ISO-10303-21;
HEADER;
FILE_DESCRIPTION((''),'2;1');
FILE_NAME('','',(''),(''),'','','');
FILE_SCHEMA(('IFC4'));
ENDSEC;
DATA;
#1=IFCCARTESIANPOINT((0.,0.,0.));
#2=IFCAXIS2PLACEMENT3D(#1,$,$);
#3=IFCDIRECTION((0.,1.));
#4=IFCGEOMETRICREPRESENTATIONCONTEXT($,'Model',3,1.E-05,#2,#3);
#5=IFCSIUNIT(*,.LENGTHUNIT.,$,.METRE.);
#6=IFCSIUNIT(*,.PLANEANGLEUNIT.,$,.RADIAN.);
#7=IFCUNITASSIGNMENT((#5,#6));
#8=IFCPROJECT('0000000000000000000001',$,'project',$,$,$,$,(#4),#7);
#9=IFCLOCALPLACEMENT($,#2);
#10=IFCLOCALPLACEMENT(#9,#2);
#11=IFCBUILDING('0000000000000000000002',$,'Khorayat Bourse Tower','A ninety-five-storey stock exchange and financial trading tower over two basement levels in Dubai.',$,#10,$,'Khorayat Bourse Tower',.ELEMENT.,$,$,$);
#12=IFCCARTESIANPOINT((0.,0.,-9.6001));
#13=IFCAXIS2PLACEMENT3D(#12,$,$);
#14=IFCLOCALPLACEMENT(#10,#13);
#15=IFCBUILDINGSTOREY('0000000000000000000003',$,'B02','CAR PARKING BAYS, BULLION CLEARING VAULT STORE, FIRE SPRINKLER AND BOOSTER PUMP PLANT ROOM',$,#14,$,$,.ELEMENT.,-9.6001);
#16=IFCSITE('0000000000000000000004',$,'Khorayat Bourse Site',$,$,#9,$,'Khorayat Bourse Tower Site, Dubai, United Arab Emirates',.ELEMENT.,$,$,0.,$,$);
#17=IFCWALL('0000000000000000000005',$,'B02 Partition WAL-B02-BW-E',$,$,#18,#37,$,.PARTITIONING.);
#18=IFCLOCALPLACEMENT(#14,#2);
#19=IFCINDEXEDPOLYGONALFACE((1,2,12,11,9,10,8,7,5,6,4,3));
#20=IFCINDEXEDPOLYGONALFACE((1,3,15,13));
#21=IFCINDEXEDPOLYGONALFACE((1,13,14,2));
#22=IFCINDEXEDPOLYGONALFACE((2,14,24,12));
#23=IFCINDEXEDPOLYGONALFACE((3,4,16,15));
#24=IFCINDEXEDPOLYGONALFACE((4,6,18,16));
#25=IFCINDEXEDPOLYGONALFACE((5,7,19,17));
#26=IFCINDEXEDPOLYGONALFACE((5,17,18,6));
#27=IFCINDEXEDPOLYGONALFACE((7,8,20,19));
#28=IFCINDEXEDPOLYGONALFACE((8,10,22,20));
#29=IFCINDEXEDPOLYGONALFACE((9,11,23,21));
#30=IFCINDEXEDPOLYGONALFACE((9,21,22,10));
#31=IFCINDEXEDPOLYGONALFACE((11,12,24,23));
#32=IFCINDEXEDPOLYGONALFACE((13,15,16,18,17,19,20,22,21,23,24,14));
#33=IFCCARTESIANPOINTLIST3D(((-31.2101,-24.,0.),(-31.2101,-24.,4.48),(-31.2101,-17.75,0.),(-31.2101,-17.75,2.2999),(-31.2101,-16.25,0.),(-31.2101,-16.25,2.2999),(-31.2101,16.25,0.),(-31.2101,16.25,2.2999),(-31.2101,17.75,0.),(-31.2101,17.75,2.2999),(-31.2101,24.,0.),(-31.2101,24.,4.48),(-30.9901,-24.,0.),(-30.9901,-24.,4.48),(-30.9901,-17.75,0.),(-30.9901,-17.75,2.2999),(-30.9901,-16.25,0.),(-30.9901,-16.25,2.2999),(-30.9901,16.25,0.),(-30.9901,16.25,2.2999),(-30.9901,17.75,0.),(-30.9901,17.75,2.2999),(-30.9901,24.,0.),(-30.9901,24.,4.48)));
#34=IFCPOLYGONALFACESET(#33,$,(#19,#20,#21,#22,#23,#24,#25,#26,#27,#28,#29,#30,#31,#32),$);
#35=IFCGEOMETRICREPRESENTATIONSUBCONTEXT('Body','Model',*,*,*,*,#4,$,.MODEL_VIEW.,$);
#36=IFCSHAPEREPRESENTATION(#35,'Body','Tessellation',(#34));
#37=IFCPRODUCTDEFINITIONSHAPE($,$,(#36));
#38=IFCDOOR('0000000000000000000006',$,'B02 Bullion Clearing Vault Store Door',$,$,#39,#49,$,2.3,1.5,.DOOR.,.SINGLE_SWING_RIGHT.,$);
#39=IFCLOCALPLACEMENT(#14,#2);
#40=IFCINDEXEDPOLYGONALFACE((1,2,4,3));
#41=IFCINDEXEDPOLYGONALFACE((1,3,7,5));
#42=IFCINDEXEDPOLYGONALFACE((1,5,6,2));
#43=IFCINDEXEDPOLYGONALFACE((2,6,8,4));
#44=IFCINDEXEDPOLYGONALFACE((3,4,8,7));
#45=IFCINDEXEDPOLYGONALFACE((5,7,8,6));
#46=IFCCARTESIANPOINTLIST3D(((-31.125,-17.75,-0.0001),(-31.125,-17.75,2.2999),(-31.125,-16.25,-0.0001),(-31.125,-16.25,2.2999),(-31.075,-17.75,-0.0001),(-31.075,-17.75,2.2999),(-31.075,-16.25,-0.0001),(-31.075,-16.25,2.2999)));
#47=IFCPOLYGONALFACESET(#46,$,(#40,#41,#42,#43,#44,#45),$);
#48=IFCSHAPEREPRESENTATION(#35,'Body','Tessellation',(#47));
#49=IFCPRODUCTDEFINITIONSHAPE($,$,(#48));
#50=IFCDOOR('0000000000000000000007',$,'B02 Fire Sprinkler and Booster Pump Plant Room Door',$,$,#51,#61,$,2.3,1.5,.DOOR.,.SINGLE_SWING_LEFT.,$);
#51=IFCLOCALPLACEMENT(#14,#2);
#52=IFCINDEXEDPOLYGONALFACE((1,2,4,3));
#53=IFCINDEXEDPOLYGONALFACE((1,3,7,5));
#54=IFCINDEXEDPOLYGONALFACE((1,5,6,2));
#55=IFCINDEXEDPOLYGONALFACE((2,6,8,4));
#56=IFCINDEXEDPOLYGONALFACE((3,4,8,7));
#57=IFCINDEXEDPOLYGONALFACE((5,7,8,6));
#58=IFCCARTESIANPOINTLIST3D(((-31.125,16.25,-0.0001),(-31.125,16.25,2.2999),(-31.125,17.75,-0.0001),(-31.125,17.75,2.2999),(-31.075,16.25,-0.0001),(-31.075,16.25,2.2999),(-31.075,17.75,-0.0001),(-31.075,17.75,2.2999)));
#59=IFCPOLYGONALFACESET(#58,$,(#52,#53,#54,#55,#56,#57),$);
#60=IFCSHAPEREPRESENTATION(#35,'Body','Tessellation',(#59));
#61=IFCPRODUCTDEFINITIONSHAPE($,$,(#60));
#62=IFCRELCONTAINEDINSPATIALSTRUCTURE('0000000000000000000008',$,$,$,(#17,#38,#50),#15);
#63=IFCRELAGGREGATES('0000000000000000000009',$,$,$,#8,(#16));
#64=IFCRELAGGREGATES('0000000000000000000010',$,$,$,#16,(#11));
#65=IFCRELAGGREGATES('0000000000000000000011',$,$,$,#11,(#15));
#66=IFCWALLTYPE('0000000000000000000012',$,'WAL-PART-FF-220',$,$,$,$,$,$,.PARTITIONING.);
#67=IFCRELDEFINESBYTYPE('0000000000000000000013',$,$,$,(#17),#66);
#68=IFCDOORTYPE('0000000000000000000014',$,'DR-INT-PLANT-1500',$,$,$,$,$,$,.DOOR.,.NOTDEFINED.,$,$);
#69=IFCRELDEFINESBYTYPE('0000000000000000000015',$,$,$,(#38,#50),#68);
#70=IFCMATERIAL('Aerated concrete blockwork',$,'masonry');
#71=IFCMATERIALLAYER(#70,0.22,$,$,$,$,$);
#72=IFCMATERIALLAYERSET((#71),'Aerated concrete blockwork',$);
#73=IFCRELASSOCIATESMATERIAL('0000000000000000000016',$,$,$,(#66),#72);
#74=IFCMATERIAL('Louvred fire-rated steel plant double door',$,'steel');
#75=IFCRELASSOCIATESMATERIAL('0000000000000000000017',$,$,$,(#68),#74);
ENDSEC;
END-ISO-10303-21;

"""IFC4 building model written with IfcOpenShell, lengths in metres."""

from ifc_helpers import new_model, si_unit, direction, frame, frame_2d, origin, place, context, subcontext, project, spatial, rectangle, extrude, source, transform, mapped, material, layer, layer_set, type_object, element, fill, save


model = new_model("IFC4")

# Units and contexts
model_context = context("Model", 3, precision=1e-05, world=origin(), true_north=direction((0.0, 1.0)))
body_context = subcontext(model_context, "Body", "Model", "MODEL_VIEW")
ifc_project = project(units=[si_unit("LENGTHUNIT", "METRE"), si_unit("PLANEANGLEUNIT", "RADIAN")], contexts=[model_context])

# Site, building, storey
site_placement = place(None, origin())
site = spatial("IfcSite", under=ifc_project, at=site_placement, Name="Khorayat Bourse Site", LongName="Khorayat Bourse Tower Site, Dubai, United Arab Emirates", CompositionType="ELEMENT", RefElevation=0.0)
building_placement = place(site_placement, origin())
building = spatial("IfcBuilding", under=site, at=building_placement, Name="Khorayat Bourse Tower", Description="A ninety-five-storey stock exchange and financial trading tower over two basement levels in Dubai.", LongName="Khorayat Bourse Tower", CompositionType="ELEMENT")
storey_placement = place(building_placement, frame((0.0, 0.0, -9.6001)))
storey = spatial("IfcBuildingStorey", under=building, at=storey_placement, Name="B02", Description="CAR PARKING BAYS, BULLION CLEARING VAULT STORE, FIRE SPRINKLER AND BOOSTER PUMP PLANT ROOM", CompositionType="ELEMENT", Elevation=-9.6001)

# Wall, openings, doors
ifc_material_1 = material(Name="Aerated concrete blockwork", Category="masonry")
ifc_layer_1 = layer(ifc_material_1, 0.22)
ifc_layer_set_1 = layer_set([ifc_layer_1], Name="Aerated concrete blockwork")
wall_type_1 = type_object("IfcWallType", Name="WAL-PART-FF-220", PredefinedType="PARTITIONING", material=ifc_layer_set_1)
shared_shape_1 = source(origin(), body_context, "Body", "SweptSolid", [
    extrude(rectangle(XDim=48.0, YDim=0.22, at=frame_2d((24.0, 0.0))), origin(), (0.0, 0.0, 1.0), 4.48),
])
wall_1_placement = place(storey_placement, frame((-31.1001, -24.0, 0.0), z_axis=(0.0, 0.0, 1.0), x_axis=(0.0, 1.0, 0.0)))
wall_1 = element("IfcWall", 1, at=wall_1_placement, inside=storey, type_object=wall_type_1, Name="B02 Partition WAL-B02-BW-E", PredefinedType="PARTITIONING", context=body_context, shape_type="MappedRepresentation", body=[
    mapped(shared_shape_1, transform((0.0, 0.0, 0.0), scale=1.0)),
])
shared_shape_2 = source(origin(), body_context, "Body", "SweptSolid", [
    extrude(rectangle(XDim=1.5, YDim=2.3, at=frame_2d((0.75, 1.1499))), frame((0.0, 0.1199, 0.0), z_axis=(0.0, -1.0, 0.0), x_axis=(1.0, 0.0, 0.0)), (0.0, 0.0, 1.0), 0.24),
])
opening_1_placement = place(wall_1_placement, frame((6.25, 0.0, 0.0)))
opening_1 = element("IfcOpeningElement", 2, at=opening_1_placement, cuts=wall_1, PredefinedType="OPENING", context=body_context, shape_type="MappedRepresentation", body=[
    mapped(shared_shape_2, transform((0.0, 0.0, 0.0), scale=1.0)),
])
opening_2_placement = place(wall_1_placement, frame((40.25, 0.0, 0.0)))
opening_2 = element("IfcOpeningElement", 3, at=opening_2_placement, cuts=wall_1, PredefinedType="OPENING", context=body_context, shape_type="MappedRepresentation", body=[
    mapped(shared_shape_2, transform((0.0, 0.0, 0.0), scale=1.0)),
])
ifc_material_2 = material(Name="Louvred fire-rated steel plant double door", Category="steel")
door_type_1 = type_object("IfcDoorType", Name="DR-INT-PLANT-1500", OperationType="NOTDEFINED", PredefinedType="DOOR", material=ifc_material_2)
shared_shape_3 = source(origin(), body_context, "Body", "SweptSolid", [
    extrude(rectangle(XDim=1.5, YDim=2.3, at=frame_2d((0.75, 1.1499))), frame((0.0, 0.0249, 0.0), z_axis=(0.0, -1.0, 0.0), x_axis=(1.0, 0.0, 0.0)), (0.0, 0.0, 1.0), 0.05),
])
door_1_placement = place(opening_1_placement, origin())
door_1 = element("IfcDoor", 4, at=door_1_placement, inside=storey, type_object=door_type_1, Name="B02 Bullion Clearing Vault Store Door", OperationType="SINGLE_SWING_RIGHT", OverallHeight=2.3, OverallWidth=1.5, PredefinedType="DOOR", context=body_context, shape_type="MappedRepresentation", body=[
    mapped(shared_shape_3, transform((0.0, 0.0, 0.0), scale=1.0)),
])
fill(opening_1, door_1)
door_2_placement = place(opening_2_placement, origin())
door_2 = element("IfcDoor", 5, at=door_2_placement, inside=storey, type_object=door_type_1, Name="B02 Fire Sprinkler and Booster Pump Plant Room Door", OperationType="SINGLE_SWING_LEFT", OverallHeight=2.3, OverallWidth=1.5, PredefinedType="DOOR", context=body_context, shape_type="MappedRepresentation", body=[
    mapped(shared_shape_3, transform((0.0, 0.0, 0.0), scale=1.0)),
])
fill(opening_2, door_2)

save(model, "model.ifc")
